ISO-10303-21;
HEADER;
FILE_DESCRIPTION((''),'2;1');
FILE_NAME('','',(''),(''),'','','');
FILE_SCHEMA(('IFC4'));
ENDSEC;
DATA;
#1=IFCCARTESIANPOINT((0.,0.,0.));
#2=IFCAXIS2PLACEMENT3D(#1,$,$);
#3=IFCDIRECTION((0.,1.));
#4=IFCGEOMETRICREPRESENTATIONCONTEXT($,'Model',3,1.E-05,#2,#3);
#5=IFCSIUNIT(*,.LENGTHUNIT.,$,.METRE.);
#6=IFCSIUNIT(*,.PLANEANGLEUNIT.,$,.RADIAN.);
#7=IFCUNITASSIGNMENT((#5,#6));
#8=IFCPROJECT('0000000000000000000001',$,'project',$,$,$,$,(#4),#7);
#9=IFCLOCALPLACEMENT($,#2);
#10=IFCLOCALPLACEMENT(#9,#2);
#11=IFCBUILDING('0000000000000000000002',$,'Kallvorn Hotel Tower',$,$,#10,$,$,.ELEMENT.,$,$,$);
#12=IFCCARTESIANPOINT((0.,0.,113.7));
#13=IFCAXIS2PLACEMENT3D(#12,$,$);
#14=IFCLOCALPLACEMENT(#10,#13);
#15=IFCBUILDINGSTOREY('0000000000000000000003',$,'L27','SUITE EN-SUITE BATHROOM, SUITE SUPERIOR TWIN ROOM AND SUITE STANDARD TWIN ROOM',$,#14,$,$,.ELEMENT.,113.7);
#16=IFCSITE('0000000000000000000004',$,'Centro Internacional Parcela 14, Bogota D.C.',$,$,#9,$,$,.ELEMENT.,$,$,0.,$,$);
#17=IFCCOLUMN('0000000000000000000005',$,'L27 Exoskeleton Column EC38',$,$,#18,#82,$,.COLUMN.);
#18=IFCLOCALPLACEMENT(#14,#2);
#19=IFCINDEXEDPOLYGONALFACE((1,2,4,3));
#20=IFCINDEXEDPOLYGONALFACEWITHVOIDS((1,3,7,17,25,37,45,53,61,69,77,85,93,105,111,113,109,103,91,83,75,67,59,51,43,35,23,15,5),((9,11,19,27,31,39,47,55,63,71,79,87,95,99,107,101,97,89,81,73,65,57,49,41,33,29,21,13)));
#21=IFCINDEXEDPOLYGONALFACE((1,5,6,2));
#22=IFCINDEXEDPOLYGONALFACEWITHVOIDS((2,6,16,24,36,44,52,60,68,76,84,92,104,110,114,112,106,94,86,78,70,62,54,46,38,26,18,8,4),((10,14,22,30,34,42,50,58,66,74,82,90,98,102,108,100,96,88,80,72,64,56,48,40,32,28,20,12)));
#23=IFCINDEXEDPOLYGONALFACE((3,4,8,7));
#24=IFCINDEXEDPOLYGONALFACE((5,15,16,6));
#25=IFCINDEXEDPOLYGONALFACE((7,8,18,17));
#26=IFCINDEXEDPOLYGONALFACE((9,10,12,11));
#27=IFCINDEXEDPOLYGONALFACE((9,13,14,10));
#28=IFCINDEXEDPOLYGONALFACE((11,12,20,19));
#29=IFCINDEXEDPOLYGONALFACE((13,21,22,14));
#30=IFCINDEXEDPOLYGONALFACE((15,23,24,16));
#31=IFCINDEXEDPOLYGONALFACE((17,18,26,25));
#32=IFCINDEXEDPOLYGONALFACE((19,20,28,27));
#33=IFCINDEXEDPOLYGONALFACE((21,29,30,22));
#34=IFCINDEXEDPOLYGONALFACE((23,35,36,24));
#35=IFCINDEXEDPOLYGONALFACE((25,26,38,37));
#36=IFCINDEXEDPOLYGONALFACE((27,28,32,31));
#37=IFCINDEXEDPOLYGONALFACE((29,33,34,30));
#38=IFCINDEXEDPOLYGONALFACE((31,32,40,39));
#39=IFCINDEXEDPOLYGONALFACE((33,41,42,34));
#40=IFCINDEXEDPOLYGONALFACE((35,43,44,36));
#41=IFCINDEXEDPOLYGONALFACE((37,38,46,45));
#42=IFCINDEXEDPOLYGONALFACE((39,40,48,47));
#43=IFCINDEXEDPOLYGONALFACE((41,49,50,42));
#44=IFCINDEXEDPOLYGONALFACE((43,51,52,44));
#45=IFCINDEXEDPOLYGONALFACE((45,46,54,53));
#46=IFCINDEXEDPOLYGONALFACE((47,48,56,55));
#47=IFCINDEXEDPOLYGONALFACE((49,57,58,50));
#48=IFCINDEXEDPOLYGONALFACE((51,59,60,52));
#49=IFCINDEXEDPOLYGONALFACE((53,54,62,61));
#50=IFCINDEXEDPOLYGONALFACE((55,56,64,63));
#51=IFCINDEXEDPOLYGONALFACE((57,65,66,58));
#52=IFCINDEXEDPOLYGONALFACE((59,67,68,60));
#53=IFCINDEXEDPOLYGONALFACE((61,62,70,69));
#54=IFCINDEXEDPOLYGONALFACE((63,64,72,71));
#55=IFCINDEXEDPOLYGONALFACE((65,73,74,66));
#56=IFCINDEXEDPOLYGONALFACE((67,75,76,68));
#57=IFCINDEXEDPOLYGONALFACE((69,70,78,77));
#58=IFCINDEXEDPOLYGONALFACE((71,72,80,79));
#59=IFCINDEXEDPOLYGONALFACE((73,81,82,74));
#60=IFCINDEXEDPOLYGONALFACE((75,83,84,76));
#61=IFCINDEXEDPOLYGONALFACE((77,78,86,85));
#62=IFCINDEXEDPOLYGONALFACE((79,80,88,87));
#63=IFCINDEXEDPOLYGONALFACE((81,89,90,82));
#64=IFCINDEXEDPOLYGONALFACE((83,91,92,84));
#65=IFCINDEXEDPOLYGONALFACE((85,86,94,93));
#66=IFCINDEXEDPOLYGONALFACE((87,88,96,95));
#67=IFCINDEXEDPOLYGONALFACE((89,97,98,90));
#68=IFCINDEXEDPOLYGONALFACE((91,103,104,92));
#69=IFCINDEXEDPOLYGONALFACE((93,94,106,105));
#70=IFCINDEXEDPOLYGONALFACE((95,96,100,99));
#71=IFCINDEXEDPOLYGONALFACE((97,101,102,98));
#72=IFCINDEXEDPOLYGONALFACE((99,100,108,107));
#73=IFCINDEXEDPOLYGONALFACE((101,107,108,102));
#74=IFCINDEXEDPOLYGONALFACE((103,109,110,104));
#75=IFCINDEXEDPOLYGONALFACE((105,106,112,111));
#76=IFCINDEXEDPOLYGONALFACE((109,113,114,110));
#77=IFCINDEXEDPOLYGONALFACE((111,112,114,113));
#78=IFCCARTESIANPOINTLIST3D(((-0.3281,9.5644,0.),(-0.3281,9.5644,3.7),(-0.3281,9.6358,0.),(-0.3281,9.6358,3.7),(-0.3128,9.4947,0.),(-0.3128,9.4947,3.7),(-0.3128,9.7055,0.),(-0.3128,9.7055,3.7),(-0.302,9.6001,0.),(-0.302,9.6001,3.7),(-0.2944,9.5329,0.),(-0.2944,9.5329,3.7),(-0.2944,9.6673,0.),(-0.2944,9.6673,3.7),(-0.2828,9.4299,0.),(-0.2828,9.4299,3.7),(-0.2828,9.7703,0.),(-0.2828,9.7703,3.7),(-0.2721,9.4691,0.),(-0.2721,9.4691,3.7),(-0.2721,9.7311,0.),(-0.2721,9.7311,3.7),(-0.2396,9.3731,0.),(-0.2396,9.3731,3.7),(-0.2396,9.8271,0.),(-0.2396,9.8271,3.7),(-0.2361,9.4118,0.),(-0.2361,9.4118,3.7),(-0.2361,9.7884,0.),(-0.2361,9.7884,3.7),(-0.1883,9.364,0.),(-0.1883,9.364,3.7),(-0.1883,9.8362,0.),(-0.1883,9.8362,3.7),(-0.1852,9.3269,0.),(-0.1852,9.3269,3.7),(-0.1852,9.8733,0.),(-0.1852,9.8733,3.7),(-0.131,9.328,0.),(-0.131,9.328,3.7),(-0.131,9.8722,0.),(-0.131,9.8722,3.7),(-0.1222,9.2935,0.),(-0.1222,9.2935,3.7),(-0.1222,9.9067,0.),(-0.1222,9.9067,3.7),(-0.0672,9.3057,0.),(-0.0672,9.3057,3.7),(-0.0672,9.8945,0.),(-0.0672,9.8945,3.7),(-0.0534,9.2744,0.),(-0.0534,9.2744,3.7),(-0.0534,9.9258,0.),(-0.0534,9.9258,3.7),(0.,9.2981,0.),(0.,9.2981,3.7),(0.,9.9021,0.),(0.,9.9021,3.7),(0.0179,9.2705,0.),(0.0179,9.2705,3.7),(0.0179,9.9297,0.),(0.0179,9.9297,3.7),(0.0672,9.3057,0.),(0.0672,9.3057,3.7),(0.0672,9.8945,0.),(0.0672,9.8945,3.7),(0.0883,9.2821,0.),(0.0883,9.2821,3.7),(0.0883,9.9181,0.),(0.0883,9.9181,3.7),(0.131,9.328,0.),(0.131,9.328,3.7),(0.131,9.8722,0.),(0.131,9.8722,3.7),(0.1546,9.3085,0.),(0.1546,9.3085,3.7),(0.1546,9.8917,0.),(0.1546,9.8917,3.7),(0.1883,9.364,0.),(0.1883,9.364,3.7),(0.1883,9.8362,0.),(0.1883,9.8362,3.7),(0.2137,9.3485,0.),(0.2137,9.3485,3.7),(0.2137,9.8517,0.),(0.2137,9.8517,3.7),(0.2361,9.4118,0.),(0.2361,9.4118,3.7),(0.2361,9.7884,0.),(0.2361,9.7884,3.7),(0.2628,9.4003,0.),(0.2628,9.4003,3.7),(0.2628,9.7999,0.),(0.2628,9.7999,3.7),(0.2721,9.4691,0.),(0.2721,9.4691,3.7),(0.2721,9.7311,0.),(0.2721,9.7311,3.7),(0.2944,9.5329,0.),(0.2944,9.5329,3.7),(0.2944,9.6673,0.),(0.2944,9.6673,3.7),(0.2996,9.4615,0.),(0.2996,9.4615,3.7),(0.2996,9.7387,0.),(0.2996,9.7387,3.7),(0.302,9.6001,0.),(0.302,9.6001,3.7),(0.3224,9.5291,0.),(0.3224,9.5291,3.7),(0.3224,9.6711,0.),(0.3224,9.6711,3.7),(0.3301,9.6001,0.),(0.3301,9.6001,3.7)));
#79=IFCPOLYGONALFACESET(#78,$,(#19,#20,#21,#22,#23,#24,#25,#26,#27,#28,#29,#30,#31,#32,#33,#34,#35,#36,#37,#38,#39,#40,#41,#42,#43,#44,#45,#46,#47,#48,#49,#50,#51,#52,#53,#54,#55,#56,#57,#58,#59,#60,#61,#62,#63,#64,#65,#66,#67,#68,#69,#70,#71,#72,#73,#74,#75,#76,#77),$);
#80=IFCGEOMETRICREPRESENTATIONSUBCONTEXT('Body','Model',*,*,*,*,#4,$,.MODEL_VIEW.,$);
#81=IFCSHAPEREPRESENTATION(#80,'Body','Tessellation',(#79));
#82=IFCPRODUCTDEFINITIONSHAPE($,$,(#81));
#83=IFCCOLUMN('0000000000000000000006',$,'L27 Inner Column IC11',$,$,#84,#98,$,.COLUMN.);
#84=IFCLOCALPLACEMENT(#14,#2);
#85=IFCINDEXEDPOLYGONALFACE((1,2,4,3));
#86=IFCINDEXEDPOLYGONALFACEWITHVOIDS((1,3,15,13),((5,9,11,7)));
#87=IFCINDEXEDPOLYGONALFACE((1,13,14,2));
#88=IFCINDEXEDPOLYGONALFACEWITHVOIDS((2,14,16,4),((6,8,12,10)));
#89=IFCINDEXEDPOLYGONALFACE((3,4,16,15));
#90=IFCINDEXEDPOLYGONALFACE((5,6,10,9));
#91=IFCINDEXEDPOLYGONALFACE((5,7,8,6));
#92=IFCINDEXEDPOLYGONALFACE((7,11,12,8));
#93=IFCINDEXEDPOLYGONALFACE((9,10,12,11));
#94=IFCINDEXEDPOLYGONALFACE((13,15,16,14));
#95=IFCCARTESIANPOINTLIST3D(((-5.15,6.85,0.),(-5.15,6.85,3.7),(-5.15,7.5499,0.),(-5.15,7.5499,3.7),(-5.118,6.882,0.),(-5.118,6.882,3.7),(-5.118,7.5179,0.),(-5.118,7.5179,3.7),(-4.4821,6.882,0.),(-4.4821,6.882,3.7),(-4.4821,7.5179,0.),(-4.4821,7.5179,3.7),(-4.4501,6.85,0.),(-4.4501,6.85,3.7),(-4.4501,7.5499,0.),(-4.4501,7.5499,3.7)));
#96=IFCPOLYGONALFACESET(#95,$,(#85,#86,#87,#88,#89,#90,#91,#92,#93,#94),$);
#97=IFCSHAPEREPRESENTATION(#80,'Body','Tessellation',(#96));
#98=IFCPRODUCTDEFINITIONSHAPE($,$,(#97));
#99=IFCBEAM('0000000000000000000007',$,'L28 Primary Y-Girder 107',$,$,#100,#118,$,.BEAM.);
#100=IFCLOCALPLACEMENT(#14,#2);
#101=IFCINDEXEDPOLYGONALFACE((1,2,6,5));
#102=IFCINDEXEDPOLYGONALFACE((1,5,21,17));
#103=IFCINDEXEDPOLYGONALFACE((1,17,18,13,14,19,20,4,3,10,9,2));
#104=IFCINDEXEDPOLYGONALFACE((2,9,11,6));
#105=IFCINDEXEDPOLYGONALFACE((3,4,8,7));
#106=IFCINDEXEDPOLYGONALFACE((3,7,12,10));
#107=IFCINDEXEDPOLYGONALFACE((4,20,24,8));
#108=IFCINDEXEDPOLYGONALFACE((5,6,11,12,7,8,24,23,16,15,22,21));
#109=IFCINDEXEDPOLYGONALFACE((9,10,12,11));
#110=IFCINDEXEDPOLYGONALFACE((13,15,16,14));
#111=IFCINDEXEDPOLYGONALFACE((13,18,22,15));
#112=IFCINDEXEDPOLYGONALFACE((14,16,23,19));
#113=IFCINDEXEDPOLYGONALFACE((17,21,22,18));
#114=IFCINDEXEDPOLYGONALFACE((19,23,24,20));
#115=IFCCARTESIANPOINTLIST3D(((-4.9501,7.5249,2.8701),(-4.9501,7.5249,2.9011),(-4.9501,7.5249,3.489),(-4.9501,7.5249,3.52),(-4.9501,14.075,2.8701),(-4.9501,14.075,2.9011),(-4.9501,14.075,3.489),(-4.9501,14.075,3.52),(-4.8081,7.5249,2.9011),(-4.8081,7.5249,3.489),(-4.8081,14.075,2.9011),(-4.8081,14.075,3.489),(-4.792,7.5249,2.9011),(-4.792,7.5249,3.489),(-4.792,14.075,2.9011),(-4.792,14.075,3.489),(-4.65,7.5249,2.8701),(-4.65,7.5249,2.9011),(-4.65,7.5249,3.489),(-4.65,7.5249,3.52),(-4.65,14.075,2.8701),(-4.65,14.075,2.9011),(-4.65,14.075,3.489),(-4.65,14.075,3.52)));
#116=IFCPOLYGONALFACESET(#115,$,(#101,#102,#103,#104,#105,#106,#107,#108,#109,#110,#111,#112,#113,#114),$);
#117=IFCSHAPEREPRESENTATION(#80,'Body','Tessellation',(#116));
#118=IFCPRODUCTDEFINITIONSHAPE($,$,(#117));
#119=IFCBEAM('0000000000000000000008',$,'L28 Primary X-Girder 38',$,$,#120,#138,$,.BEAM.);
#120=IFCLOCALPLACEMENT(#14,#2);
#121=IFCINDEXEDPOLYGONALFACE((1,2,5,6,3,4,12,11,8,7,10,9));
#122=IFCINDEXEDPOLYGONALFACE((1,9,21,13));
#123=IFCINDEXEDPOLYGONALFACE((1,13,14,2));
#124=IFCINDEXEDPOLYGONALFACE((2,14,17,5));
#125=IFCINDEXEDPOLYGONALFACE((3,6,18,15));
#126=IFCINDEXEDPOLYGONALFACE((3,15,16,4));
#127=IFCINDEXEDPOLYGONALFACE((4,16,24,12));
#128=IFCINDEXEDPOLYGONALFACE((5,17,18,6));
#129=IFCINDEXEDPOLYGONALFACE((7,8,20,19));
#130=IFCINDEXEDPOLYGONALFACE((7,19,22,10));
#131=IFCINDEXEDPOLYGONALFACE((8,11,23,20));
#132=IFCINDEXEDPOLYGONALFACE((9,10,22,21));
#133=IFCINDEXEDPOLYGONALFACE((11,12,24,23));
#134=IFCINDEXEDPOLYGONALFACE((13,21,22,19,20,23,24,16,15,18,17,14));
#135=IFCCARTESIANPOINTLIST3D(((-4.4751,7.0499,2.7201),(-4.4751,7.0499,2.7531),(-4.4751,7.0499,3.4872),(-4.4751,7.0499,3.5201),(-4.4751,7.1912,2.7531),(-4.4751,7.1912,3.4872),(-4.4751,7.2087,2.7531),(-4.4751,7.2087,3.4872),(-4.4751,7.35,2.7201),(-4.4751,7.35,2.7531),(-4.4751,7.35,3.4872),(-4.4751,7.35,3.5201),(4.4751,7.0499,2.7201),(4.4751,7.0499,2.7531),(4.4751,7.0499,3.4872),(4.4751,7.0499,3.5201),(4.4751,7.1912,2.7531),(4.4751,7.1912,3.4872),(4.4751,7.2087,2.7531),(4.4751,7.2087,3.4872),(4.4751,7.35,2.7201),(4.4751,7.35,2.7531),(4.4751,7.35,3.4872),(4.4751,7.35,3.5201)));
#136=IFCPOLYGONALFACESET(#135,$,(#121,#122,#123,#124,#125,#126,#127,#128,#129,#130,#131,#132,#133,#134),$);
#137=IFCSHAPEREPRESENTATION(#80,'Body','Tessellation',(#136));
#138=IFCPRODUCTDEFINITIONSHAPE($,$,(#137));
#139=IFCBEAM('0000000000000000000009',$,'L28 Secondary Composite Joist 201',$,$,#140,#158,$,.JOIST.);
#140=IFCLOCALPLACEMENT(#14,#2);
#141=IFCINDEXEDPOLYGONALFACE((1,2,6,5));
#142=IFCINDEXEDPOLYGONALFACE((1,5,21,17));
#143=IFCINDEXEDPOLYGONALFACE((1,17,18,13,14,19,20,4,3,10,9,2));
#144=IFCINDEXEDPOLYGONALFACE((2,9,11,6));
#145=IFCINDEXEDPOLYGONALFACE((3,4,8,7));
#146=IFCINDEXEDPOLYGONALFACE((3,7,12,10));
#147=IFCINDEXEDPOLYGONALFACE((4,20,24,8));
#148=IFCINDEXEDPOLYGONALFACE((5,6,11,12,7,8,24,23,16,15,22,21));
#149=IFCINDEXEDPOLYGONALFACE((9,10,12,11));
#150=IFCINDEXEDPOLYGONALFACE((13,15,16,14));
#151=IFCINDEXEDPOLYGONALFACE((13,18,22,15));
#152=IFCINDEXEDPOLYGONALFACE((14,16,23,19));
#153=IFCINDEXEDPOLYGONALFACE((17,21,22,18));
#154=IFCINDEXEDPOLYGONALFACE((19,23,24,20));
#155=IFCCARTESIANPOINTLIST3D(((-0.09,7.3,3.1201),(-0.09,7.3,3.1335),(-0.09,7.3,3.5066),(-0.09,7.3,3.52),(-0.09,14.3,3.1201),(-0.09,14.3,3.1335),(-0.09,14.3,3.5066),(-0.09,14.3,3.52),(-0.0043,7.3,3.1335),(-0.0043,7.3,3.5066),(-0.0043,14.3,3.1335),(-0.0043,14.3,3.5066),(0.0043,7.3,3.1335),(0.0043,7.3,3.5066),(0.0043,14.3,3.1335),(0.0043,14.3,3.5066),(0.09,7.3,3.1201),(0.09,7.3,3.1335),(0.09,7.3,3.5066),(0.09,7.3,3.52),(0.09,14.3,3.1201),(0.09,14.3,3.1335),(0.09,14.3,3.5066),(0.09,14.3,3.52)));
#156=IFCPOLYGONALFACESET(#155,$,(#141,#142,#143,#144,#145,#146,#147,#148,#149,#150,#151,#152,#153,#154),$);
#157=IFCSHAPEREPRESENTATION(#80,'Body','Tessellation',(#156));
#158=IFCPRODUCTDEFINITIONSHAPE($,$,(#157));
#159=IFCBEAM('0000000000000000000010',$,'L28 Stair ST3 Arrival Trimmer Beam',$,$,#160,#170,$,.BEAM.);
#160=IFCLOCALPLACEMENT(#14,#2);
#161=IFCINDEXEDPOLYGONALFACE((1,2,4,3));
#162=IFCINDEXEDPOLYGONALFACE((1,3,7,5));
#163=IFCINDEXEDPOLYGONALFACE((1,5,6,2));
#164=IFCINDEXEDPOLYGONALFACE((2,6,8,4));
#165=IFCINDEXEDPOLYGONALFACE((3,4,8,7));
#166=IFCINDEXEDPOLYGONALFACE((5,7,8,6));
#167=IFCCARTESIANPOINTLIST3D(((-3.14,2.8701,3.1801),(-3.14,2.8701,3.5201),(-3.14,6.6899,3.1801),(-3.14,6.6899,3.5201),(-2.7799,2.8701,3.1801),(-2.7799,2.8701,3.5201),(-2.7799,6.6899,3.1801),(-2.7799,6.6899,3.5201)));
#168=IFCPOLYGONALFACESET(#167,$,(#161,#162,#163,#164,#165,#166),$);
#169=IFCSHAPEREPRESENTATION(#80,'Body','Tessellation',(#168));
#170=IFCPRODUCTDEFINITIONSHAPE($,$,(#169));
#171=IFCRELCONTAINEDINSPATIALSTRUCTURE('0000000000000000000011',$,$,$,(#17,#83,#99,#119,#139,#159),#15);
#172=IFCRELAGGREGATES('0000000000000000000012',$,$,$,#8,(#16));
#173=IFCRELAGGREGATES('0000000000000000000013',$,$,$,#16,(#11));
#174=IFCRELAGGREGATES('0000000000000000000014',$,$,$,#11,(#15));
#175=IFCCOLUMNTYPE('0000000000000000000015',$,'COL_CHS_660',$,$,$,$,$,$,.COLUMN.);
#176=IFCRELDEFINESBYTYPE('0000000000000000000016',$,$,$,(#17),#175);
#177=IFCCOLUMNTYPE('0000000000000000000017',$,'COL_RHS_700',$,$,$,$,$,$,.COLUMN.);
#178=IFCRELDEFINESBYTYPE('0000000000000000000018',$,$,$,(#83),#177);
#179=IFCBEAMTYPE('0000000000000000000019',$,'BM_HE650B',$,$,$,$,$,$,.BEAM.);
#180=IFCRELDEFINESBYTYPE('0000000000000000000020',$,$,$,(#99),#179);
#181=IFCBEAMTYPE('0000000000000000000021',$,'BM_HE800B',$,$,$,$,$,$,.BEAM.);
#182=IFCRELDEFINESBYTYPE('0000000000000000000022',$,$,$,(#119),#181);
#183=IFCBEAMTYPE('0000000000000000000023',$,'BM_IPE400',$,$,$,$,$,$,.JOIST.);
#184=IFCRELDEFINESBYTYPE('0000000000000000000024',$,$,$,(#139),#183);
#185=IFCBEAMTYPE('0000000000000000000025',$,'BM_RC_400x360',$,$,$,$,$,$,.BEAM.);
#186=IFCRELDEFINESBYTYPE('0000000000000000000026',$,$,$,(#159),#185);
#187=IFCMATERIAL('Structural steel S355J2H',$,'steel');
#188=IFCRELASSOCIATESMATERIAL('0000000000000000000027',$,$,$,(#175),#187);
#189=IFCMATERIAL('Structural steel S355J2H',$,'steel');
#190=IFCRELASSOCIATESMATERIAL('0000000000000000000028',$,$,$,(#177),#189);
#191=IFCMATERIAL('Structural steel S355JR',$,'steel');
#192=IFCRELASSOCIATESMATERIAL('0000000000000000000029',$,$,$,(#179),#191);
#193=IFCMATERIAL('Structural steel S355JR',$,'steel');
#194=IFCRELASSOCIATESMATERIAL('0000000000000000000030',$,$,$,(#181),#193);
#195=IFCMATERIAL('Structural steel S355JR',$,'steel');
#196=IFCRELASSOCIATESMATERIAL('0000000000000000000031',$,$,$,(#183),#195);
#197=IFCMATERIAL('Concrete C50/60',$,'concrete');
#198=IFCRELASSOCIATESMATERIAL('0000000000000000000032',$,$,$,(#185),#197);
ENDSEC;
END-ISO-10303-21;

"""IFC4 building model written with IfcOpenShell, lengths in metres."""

from ifc_helpers import new_model, si_unit, direction, frame, origin, origin_2d, place, context, subcontext, project, spatial, rectangle, hollow_rectangle, hollow_circle, i_section, extrude, material, material_profile, profile_set, type_object, element, save


model = new_model("IFC4")

# Units and contexts
model_context = context("Model", 3, precision=1e-05, world=origin(), true_north=direction((0.0, 1.0)))
body_context = subcontext(model_context, "Body", "Model", "MODEL_VIEW")
ifc_project = project(units=[si_unit("LENGTHUNIT", "METRE"), si_unit("PLANEANGLEUNIT", "RADIAN")], contexts=[model_context])

# Site, building, storey
site_placement = place(None, origin())
site = spatial("IfcSite", under=ifc_project, at=site_placement, Name="Centro Internacional Parcela 14, Bogota D.C.", CompositionType="ELEMENT", RefElevation=0.0)
building_placement = place(site_placement, origin())
building = spatial("IfcBuilding", under=site, at=building_placement, Name="Kallvorn Hotel Tower", CompositionType="ELEMENT")
storey_placement = place(building_placement, frame((0.0, 0.0, 113.7)))
storey = spatial("IfcBuildingStorey", under=building, at=storey_placement, Name="L27", Description="SUITE EN-SUITE BATHROOM, SUITE SUPERIOR TWIN ROOM AND SUITE STANDARD TWIN ROOM", CompositionType="ELEMENT", Elevation=113.7)

# Columns
ifc_material_1 = material(Name="Structural steel S355J2H", Category="steel")
ifc_material_profile_1 = material_profile(ifc_material_1, hollow_circle(Radius=0.3301, WallThickness=0.0281, at=origin_2d()), Name="CHS 660x28")
ifc_profile_set_1 = profile_set([ifc_material_profile_1], Name="Structural steel S355J2H")
column_type_1 = type_object("IfcColumnType", Name="COL_CHS_660", PredefinedType="COLUMN", material=ifc_profile_set_1)
column_1_placement = place(storey_placement, frame((0.0, 9.6001, 0.0), z_axis=(0.0, 0.0, 1.0), x_axis=(1.0, 0.0, 0.0)))
element("IfcColumn", 1, at=column_1_placement, inside=storey, type_object=column_type_1, Name="L27 Exoskeleton Column EC38", PredefinedType="COLUMN", context=body_context, shape_type="SweptSolid", body=[
    extrude(hollow_circle(Radius=0.3301, WallThickness=0.0281, at=origin_2d()), origin(), (0.0, 0.0, 1.0), 3.7),
])
ifc_material_2 = material(Name="Structural steel S355J2H", Category="steel")
ifc_material_profile_2 = material_profile(ifc_material_2, hollow_rectangle(XDim=0.7, YDim=0.7, WallThickness=0.032, at=origin_2d()), Name="RHS 700x700x32")
ifc_profile_set_2 = profile_set([ifc_material_profile_2], Name="Structural steel S355J2H")
column_type_2 = type_object("IfcColumnType", Name="COL_RHS_700", PredefinedType="COLUMN", material=ifc_profile_set_2)
column_2_placement = place(storey_placement, frame((-4.8, 7.2, 0.0), z_axis=(0.0, 0.0, 1.0), x_axis=(1.0, 0.0, 0.0)))
element("IfcColumn", 2, at=column_2_placement, inside=storey, type_object=column_type_2, Name="L27 Inner Column IC11", PredefinedType="COLUMN", context=body_context, shape_type="SweptSolid", body=[
    extrude(hollow_rectangle(XDim=0.7, YDim=0.7, WallThickness=0.032, at=origin_2d()), origin(), (0.0, 0.0, 1.0), 3.7),
])

# Beams
ifc_material_3 = material(Name="Structural steel S355JR", Category="steel")
ifc_material_profile_3 = material_profile(ifc_material_3, i_section(OverallWidth=0.3, OverallDepth=0.6499, WebThickness=0.0161, FlangeThickness=0.031, at=origin_2d()), Name="HE 650 B")
ifc_profile_set_3 = profile_set([ifc_material_profile_3], Name="Structural steel S355JR")
beam_type_1 = type_object("IfcBeamType", Name="BM_HE650B", PredefinedType="BEAM", material=ifc_profile_set_3)
beam_1_placement = place(storey_placement, frame((-4.8, 7.5249, 3.1951), z_axis=(0.0, 1.0, 0.0), x_axis=(-1.0, 0.0, 0.0)))
element("IfcBeam", 3, at=beam_1_placement, inside=storey, type_object=beam_type_1, Name="L28 Primary Y-Girder 107", PredefinedType="BEAM", context=body_context, shape_type="SweptSolid", body=[
    extrude(i_section(OverallWidth=0.3, OverallDepth=0.6499, WebThickness=0.0161, FlangeThickness=0.031, at=origin_2d()), origin(), (0.0, 0.0, 1.0), 6.55),
])
ifc_material_4 = material(Name="Structural steel S355JR", Category="steel")
ifc_material_profile_4 = material_profile(ifc_material_4, i_section(OverallWidth=0.3, OverallDepth=0.8, WebThickness=0.0176, FlangeThickness=0.033, at=origin_2d()), Name="HE 800 B")
ifc_profile_set_4 = profile_set([ifc_material_profile_4], Name="Structural steel S355JR")
beam_type_2 = type_object("IfcBeamType", Name="BM_HE800B", PredefinedType="BEAM", material=ifc_profile_set_4)
beam_2_placement = place(storey_placement, frame((-4.4751, 7.2, 3.1201), z_axis=(1.0, 0.0, 0.0), x_axis=(0.0, 1.0, 0.0)))
element("IfcBeam", 4, at=beam_2_placement, inside=storey, type_object=beam_type_2, Name="L28 Primary X-Girder 38", PredefinedType="BEAM", context=body_context, shape_type="SweptSolid", body=[
    extrude(i_section(OverallWidth=0.3, OverallDepth=0.8, WebThickness=0.0176, FlangeThickness=0.033, at=origin_2d()), origin(), (0.0, 0.0, 1.0), 8.9502),
])
ifc_material_5 = material(Name="Structural steel S355JR", Category="steel")
ifc_material_profile_5 = material_profile(ifc_material_5, i_section(OverallWidth=0.1799, OverallDepth=0.3999, WebThickness=0.0085, FlangeThickness=0.0134, at=origin_2d()), Name="IPE 400")
ifc_profile_set_5 = profile_set([ifc_material_profile_5], Name="Structural steel S355JR")
beam_type_3 = type_object("IfcBeamType", Name="BM_IPE400", PredefinedType="JOIST", material=ifc_profile_set_5)
beam_3_placement = place(storey_placement, frame((0.0, 7.3, 3.3201), z_axis=(0.0, 1.0, 0.0), x_axis=(-1.0, 0.0, 0.0)))
element("IfcBeam", 5, at=beam_3_placement, inside=storey, type_object=beam_type_3, Name="L28 Secondary Composite Joist 201", PredefinedType="JOIST", context=body_context, shape_type="SweptSolid", body=[
    extrude(i_section(OverallWidth=0.1799, OverallDepth=0.3999, WebThickness=0.0085, FlangeThickness=0.0134, at=origin_2d()), origin(), (0.0, 0.0, 1.0), 7.0),
])
ifc_material_6 = material(Name="Concrete C50/60", Category="concrete")
ifc_material_profile_6 = material_profile(ifc_material_6, rectangle(XDim=0.3601, YDim=0.3401, at=origin_2d()), Name="RC 360x340")
ifc_profile_set_6 = profile_set([ifc_material_profile_6], Name="Concrete C50/60")
beam_type_4 = type_object("IfcBeamType", Name="BM_RC_400x360", PredefinedType="BEAM", material=ifc_profile_set_6)
beam_4_placement = place(storey_placement, frame((-2.96, 2.8701, 3.3501), z_axis=(0.0, 1.0, 0.0), x_axis=(-1.0, 0.0, 0.0)))
element("IfcBeam", 6, at=beam_4_placement, inside=storey, type_object=beam_type_4, Name="L28 Stair ST3 Arrival Trimmer Beam", PredefinedType="BEAM", context=body_context, shape_type="SweptSolid", body=[
    extrude(rectangle(XDim=0.3601, YDim=0.3401, at=origin_2d()), origin(), (0.0, 0.0, 1.0), 3.8198),
])

save(model, "model.ifc")
